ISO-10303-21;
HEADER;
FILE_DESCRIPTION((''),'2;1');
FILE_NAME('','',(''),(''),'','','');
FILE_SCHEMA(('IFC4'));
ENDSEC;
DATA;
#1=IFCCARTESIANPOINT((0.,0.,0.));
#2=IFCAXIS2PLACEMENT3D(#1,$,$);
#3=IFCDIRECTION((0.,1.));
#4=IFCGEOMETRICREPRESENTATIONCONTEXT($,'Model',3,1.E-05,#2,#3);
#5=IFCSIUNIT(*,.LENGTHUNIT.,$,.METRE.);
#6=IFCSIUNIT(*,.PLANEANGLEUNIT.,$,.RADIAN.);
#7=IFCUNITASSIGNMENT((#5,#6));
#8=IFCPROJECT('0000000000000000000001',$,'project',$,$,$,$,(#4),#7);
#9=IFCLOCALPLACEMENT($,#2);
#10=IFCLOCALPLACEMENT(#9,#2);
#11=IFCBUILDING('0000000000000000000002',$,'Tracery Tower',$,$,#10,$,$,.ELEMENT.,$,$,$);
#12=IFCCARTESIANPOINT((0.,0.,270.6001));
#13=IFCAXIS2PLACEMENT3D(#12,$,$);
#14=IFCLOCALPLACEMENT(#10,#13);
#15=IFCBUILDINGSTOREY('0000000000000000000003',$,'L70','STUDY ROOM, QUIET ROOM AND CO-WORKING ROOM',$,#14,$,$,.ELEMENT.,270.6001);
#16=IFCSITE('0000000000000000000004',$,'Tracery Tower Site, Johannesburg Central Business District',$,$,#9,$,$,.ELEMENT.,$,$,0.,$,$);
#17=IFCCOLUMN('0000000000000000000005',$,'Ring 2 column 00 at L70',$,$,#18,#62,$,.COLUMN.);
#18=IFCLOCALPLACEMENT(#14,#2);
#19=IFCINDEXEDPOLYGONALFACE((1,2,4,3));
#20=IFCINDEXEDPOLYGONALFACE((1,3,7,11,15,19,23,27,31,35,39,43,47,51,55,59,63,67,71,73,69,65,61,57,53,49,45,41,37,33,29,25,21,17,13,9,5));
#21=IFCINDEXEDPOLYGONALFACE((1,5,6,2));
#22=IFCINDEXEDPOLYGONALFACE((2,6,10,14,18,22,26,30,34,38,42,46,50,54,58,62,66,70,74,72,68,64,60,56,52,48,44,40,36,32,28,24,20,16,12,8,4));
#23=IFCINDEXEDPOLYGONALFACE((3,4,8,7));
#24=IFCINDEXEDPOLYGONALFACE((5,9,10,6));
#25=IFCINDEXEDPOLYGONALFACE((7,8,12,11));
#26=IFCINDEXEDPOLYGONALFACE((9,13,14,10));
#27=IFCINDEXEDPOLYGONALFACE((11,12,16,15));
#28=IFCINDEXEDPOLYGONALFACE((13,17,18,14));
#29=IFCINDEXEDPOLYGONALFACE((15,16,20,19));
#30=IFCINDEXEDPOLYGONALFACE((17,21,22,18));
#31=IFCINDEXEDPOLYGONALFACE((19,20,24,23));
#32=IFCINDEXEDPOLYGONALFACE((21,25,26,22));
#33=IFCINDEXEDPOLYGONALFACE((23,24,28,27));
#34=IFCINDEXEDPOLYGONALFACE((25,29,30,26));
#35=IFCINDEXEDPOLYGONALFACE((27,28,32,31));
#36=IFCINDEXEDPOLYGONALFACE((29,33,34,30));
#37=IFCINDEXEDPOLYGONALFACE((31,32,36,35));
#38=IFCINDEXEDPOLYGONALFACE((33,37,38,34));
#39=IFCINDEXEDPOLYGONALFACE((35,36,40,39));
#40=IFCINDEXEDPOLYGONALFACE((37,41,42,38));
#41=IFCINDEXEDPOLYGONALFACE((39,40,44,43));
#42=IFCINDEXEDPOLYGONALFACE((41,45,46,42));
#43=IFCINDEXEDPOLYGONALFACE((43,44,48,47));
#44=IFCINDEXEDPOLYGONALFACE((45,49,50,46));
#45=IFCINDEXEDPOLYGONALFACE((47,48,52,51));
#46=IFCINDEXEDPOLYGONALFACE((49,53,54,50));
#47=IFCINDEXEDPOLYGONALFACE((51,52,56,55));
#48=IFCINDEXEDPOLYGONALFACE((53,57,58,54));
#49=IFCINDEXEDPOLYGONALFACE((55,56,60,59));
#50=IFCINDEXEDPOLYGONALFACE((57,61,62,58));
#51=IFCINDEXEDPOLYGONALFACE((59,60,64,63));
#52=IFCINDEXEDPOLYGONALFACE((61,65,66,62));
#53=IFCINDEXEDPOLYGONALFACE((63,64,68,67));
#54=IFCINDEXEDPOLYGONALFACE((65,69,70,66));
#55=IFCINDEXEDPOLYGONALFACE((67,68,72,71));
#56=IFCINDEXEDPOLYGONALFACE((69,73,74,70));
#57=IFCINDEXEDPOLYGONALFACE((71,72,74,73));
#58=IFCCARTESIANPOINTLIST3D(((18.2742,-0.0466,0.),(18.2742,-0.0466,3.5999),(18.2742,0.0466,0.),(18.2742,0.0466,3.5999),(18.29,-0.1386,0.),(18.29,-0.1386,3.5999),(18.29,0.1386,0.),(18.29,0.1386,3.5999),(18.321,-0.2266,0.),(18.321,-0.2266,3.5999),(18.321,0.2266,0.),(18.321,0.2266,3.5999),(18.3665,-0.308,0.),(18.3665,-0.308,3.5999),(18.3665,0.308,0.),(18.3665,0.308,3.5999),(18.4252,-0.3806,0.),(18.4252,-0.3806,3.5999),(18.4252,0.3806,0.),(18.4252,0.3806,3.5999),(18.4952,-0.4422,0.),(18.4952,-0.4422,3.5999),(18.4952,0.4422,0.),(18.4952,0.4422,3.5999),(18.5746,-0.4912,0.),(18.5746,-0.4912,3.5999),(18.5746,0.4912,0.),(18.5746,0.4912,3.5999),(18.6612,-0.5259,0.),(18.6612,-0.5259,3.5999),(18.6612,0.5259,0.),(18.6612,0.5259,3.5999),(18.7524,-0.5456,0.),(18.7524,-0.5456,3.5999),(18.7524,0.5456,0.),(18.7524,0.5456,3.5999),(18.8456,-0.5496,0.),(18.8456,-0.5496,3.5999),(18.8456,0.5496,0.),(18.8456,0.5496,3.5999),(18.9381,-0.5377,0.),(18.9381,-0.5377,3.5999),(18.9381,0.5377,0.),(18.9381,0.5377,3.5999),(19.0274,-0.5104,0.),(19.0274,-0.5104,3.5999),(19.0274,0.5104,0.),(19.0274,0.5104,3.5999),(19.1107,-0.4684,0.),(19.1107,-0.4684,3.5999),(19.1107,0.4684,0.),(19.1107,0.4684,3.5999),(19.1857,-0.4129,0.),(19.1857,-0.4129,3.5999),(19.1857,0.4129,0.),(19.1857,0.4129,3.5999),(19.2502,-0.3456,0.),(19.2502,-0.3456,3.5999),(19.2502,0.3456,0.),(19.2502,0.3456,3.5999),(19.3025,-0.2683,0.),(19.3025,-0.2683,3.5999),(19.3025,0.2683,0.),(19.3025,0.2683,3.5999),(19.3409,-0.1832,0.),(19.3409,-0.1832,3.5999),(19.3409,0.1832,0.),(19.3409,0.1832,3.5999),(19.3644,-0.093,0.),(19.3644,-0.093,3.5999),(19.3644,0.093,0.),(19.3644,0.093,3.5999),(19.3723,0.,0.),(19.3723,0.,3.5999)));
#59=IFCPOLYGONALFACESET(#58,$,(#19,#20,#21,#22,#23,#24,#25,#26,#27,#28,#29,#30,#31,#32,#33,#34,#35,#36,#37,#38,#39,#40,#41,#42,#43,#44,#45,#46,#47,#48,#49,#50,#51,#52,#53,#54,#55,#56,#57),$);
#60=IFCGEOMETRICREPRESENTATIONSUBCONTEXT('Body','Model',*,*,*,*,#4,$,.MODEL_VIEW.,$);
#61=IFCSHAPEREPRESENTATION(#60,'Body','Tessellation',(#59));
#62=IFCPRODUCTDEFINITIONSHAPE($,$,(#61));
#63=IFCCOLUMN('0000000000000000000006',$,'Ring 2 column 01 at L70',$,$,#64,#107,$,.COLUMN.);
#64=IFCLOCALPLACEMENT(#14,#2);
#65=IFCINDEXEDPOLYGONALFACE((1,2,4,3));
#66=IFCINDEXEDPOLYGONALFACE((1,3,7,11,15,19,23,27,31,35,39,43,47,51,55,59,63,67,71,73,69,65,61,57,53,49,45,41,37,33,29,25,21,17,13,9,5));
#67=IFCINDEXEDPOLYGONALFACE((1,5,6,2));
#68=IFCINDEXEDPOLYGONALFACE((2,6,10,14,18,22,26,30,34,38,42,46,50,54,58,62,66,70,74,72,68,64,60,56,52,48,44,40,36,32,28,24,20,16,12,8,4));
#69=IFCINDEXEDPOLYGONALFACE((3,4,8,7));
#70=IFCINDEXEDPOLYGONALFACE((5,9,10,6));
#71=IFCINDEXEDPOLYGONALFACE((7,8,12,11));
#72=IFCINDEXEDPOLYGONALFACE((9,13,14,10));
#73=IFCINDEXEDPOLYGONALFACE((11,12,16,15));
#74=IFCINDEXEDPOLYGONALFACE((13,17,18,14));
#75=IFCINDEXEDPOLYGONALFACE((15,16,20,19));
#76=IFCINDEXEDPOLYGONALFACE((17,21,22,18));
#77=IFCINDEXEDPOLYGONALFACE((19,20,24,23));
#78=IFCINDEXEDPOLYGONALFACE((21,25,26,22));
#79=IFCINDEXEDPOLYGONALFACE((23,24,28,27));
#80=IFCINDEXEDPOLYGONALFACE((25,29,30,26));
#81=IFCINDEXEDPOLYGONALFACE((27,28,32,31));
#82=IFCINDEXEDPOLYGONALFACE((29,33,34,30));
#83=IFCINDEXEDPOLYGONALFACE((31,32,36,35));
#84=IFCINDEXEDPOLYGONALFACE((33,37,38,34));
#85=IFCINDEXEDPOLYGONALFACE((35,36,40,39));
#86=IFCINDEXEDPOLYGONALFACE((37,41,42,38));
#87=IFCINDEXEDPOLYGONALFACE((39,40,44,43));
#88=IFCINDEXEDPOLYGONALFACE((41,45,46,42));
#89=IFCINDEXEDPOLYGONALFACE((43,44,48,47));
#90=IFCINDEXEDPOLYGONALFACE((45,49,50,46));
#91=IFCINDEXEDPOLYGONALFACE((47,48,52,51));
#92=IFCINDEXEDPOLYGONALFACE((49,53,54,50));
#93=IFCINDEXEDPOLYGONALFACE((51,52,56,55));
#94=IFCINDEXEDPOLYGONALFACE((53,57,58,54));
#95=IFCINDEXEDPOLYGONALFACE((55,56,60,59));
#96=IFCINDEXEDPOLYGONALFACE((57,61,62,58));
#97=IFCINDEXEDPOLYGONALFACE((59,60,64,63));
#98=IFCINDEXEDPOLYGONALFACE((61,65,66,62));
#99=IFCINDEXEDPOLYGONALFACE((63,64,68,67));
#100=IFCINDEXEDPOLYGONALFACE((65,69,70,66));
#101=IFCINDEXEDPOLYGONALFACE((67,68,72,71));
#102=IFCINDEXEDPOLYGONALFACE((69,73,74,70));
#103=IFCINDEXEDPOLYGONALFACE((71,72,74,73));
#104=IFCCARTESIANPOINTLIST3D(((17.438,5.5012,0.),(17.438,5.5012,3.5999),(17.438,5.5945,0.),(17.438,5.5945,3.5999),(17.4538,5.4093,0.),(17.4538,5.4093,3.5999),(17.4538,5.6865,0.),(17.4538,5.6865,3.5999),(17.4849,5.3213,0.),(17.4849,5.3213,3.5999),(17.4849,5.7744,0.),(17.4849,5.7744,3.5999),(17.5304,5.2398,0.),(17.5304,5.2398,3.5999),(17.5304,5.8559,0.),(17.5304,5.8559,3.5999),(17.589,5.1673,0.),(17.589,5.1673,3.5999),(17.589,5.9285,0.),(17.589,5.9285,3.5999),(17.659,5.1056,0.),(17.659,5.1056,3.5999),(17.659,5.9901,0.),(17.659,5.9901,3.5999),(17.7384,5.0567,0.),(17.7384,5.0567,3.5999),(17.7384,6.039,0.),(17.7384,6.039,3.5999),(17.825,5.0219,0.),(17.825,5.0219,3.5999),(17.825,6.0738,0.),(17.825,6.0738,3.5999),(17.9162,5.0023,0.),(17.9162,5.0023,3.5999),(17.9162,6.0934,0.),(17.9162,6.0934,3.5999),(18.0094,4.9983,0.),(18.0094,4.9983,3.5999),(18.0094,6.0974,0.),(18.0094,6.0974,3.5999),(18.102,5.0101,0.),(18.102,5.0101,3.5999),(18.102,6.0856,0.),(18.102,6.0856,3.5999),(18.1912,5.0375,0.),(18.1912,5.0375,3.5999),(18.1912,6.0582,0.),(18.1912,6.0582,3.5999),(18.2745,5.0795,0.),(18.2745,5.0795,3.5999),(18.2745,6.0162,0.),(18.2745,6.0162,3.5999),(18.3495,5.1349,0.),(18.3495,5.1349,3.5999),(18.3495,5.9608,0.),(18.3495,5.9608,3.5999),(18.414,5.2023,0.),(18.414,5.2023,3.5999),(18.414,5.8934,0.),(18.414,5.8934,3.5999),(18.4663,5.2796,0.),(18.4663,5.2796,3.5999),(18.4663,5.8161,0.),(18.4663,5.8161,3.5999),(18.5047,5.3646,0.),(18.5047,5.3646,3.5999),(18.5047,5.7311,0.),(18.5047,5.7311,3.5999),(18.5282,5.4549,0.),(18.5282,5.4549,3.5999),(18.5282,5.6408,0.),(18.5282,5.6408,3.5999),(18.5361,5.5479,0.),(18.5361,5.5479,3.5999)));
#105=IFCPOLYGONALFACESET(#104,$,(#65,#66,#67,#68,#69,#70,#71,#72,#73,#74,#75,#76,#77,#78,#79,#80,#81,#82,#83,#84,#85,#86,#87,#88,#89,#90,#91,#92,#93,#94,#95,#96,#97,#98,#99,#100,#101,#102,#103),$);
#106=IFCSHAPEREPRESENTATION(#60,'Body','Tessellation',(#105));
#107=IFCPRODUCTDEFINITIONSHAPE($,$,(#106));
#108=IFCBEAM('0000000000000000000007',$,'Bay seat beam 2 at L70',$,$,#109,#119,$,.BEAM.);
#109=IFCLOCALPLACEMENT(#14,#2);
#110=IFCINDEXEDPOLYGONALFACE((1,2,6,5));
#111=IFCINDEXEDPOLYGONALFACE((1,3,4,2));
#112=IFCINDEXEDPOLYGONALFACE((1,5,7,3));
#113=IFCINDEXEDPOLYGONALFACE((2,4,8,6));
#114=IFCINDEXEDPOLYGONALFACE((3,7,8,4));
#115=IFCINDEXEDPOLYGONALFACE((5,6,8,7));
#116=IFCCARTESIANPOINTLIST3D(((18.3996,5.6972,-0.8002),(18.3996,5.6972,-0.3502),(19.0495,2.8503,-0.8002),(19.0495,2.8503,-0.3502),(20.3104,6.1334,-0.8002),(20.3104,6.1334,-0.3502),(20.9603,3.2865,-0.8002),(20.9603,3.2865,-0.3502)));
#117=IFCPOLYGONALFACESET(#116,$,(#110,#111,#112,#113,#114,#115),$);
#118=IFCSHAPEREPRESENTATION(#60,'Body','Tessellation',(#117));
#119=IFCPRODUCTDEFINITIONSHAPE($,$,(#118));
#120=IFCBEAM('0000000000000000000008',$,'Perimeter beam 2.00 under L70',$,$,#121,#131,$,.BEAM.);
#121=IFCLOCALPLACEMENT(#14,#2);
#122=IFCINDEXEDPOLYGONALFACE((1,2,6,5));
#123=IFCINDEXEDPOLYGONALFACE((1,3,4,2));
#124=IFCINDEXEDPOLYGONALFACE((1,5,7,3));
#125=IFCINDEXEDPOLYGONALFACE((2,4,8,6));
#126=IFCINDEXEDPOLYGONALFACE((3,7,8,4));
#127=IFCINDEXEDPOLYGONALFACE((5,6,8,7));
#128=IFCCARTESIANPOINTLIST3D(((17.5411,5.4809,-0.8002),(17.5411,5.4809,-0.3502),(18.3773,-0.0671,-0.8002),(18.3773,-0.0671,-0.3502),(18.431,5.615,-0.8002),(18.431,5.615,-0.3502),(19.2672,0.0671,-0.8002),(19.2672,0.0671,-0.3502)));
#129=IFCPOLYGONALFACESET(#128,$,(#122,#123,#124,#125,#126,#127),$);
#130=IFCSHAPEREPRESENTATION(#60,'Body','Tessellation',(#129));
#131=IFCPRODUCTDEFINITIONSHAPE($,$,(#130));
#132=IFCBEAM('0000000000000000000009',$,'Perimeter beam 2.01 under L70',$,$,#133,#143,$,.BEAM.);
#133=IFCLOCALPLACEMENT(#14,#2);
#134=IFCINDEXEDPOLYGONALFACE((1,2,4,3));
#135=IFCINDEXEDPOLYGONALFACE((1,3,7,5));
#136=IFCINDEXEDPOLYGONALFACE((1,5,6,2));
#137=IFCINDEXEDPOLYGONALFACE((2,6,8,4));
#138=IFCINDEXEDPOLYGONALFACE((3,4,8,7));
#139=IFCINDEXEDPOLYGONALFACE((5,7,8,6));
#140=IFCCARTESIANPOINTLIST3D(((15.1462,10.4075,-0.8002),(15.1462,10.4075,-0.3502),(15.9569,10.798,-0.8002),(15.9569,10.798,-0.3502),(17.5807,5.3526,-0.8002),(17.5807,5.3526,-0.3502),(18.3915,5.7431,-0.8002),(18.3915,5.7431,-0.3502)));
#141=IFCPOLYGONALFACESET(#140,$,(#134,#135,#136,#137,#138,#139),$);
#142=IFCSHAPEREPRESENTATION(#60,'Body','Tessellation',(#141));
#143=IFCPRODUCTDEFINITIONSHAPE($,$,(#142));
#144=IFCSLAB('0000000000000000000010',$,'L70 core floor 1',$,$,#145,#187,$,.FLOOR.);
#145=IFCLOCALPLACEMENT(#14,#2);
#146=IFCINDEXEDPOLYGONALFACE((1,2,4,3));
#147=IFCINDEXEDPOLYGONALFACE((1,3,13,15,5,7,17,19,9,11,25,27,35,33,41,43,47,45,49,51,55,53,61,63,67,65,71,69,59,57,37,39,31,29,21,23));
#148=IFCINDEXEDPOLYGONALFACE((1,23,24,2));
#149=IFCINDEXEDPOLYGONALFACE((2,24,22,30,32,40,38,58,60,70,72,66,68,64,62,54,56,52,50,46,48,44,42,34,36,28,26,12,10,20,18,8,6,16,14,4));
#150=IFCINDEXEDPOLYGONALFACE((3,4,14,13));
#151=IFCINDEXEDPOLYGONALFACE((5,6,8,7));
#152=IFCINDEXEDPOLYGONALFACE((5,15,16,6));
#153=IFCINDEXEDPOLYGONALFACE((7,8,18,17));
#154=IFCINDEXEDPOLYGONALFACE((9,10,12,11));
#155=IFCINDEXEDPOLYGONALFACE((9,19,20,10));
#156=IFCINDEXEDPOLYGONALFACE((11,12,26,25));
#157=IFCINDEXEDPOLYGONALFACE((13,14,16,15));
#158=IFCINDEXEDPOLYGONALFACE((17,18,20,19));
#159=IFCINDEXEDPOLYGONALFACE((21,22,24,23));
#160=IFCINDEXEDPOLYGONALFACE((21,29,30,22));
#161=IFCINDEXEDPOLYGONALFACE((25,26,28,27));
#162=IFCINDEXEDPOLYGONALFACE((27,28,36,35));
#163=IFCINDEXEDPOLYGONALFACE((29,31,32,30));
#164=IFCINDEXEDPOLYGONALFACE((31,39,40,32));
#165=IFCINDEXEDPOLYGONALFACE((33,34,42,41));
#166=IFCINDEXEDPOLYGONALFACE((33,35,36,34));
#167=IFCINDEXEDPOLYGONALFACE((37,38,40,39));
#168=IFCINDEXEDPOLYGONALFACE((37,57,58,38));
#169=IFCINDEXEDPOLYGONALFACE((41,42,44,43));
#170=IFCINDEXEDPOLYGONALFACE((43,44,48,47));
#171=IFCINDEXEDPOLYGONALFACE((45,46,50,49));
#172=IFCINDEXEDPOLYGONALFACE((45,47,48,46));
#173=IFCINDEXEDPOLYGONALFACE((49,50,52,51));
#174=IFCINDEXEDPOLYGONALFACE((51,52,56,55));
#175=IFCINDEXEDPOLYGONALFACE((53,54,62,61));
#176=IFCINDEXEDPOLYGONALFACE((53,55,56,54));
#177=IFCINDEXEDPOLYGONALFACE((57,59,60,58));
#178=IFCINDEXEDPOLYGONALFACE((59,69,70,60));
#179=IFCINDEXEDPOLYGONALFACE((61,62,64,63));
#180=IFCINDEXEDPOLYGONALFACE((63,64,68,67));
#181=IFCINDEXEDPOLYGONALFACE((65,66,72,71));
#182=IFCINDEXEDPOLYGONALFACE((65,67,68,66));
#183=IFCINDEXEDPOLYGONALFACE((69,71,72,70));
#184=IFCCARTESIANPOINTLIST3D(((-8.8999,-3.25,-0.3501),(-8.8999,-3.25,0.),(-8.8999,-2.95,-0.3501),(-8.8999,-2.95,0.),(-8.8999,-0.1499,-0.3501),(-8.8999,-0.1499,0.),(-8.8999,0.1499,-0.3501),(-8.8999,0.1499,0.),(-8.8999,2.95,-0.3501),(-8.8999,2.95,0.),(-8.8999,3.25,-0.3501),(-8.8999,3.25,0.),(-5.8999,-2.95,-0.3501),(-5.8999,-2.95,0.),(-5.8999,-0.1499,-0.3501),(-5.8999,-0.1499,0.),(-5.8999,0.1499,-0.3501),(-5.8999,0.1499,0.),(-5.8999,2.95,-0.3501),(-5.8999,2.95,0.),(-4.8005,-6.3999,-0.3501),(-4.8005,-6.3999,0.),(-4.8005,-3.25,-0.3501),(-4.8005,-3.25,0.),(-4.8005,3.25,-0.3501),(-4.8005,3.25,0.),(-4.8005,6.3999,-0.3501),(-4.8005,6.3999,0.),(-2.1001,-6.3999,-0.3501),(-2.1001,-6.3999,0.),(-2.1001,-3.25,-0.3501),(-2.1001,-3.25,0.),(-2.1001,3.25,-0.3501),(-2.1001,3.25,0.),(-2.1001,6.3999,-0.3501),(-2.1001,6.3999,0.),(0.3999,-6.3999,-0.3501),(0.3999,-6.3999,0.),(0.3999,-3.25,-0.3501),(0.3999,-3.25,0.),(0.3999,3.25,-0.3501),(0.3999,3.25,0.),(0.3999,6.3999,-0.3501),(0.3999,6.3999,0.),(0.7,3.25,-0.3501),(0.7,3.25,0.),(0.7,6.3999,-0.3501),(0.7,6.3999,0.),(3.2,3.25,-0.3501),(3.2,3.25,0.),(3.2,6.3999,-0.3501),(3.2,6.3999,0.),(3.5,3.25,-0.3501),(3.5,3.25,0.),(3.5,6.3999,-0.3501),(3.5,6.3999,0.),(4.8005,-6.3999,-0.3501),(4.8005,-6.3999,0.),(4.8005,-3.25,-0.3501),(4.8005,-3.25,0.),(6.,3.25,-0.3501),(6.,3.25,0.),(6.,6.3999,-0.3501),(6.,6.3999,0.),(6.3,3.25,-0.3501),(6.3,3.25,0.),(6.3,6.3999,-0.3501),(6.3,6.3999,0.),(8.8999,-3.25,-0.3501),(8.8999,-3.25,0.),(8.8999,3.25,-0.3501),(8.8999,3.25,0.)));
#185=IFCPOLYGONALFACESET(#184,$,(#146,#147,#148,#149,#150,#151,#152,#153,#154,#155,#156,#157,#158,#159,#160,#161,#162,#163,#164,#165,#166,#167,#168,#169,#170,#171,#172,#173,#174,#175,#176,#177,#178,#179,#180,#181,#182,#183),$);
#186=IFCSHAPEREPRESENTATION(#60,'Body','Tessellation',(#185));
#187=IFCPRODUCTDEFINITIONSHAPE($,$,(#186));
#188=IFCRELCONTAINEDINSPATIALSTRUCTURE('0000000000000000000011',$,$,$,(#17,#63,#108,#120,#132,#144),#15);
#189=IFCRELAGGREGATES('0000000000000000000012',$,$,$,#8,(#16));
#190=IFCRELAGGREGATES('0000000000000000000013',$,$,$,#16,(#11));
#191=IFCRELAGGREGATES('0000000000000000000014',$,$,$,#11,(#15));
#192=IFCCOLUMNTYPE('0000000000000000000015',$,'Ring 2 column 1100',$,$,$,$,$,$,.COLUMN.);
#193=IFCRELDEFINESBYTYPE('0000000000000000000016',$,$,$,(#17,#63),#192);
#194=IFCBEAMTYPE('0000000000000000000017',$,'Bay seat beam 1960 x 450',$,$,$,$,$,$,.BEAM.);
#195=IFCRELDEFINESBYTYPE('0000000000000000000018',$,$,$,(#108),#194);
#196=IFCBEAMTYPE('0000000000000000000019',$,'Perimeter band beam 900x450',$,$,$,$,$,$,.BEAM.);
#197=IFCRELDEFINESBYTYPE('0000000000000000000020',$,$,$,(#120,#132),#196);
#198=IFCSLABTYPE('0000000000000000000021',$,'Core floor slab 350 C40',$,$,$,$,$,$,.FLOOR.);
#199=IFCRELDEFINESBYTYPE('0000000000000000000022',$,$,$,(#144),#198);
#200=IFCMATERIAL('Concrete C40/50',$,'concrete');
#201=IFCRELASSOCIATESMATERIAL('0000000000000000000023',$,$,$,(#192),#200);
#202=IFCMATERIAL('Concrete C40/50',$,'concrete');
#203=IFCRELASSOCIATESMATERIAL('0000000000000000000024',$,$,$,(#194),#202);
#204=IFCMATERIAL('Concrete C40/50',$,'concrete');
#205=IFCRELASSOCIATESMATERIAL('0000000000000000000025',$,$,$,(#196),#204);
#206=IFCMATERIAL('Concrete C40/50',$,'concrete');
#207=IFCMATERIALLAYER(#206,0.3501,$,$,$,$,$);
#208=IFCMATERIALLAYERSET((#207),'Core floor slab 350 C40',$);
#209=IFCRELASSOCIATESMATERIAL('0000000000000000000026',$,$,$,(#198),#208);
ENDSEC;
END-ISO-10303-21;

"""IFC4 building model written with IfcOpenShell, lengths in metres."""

from ifc_helpers import new_model, si_unit, direction, frame, origin, origin_2d, place, context, subcontext, project, spatial, polyline, rectangle, circle, outline, extrude, material, layer, layer_set, material_profile, profile_set, type_object, element, save


model = new_model("IFC4")

# Units and contexts
model_context = context("Model", 3, precision=1e-05, world=origin(), true_north=direction((0.0, 1.0)))
body_context = subcontext(model_context, "Body", "Model", "MODEL_VIEW")
ifc_project = project(units=[si_unit("LENGTHUNIT", "METRE"), si_unit("PLANEANGLEUNIT", "RADIAN")], contexts=[model_context])

# Site, building, storey
site_placement = place(None, origin())
site = spatial("IfcSite", under=ifc_project, at=site_placement, Name="Tracery Tower Site, Johannesburg Central Business District", CompositionType="ELEMENT", RefElevation=0.0)
building_placement = place(site_placement, origin())
building = spatial("IfcBuilding", under=site, at=building_placement, Name="Tracery Tower", CompositionType="ELEMENT")
storey_placement = place(building_placement, frame((0.0, 0.0, 270.6001)))
storey = spatial("IfcBuildingStorey", under=building, at=storey_placement, Name="L70", Description="STUDY ROOM, QUIET ROOM AND CO-WORKING ROOM", CompositionType="ELEMENT", Elevation=270.6001)

# Columns
ifc_material_1 = material(Name="Concrete C40/50", Category="concrete")
ifc_material_profile_1 = material_profile(ifc_material_1, circle(Radius=0.55, at=origin_2d()), Name="RC D1100")
ifc_profile_set_1 = profile_set([ifc_material_profile_1], Name="Concrete C40/50")
column_type = type_object("IfcColumnType", Name="Ring 2 column 1100", PredefinedType="COLUMN", material=ifc_profile_set_1)
for number, where, z_axis, x_axis, name in (
    (1, (18.8223, 0.0, 0.0), (0.0, 0.0, 1.0), (1.0, 0.0, 0.0), "Ring 2 column 00 at L70"),
    (2, (17.9861, 5.5479, 0.0), (0.0, 0.0, 1.0), (1.0, 0.0, 0.0), "Ring 2 column 01 at L70"),
):
    element("IfcColumn", number, at=place(storey_placement, frame(where, z_axis=z_axis, x_axis=x_axis)), inside=storey, type_object=column_type, Name=name, PredefinedType="COLUMN", context=body_context, shape_type="SweptSolid", body=[
        extrude(circle(Radius=0.55, at=origin_2d()), origin(), (0.0, 0.0, 1.0), 3.5999),
    ])

# Beams
ifc_material_2 = material(Name="Concrete C40/50", Category="concrete")
ifc_material_profile_2 = material_profile(ifc_material_2, rectangle(XDim=1.96, YDim=0.45, at=origin_2d()), Name="RC 1960x450")
ifc_profile_set_2 = profile_set([ifc_material_profile_2], Name="Concrete C40/50")
beam_type_1 = type_object("IfcBeamType", Name="Bay seat beam 1960 x 450", PredefinedType="BEAM", material=ifc_profile_set_2)
beam_placement = place(storey_placement, frame((20.0049, 3.0684, -0.5752), z_axis=(-0.222557, 0.97492, 0.0), x_axis=(-0.97492, -0.222557, 0.0)))
element("IfcBeam", 3, at=beam_placement, inside=storey, type_object=beam_type_1, Name="Bay seat beam 2 at L70", PredefinedType="BEAM", context=body_context, shape_type="SweptSolid", body=[
    extrude(rectangle(XDim=1.96, YDim=0.45, at=origin_2d()), origin(), (0.0, 0.0, 1.0), 2.9202),
])
ifc_material_3 = material(Name="Concrete C40/50", Category="concrete")
ifc_material_profile_3 = material_profile(ifc_material_3, rectangle(XDim=0.8999, YDim=0.45, at=origin_2d()), Name="RC 900x450")
ifc_profile_set_3 = profile_set([ifc_material_profile_3], Name="Concrete C40/50")
beam_type_2 = type_object("IfcBeamType", Name="Perimeter band beam 900x450", PredefinedType="BEAM", material=ifc_profile_set_3)
for number, where, z_axis, x_axis, name in (
    (4, (18.8223, 0.0, -0.5752), (-0.149038, 0.988831, 0.0), (-0.988831, -0.149038, 0.0), "Perimeter beam 2.00 under L70"),
    (5, (17.9861, 5.5479, -0.5752), (-0.433919, 0.900952, 0.0), (-0.900952, -0.433919, 0.0), "Perimeter beam 2.01 under L70"),
):
    element("IfcBeam", number, at=place(storey_placement, frame(where, z_axis=z_axis, x_axis=x_axis)), inside=storey, type_object=beam_type_2, Name=name, PredefinedType="BEAM", context=body_context, shape_type="SweptSolid", body=[
        extrude(rectangle(XDim=0.8999, YDim=0.45, at=origin_2d()), origin(), (0.0, 0.0, 1.0), 5.6106),
    ])

# Slab
ifc_material_4 = material(Name="Concrete C40/50", Category="concrete")
ifc_layer_1 = layer(ifc_material_4, 0.3501)
ifc_layer_set_1 = layer_set([ifc_layer_1], Name="Core floor slab 350 C40")
slab_type_1 = type_object("IfcSlabType", Name="Core floor slab 350 C40", PredefinedType="FLOOR", material=ifc_layer_set_1)
slab_1_placement = place(storey_placement, frame((0.0, 0.0, -0.3501)))
element("IfcSlab", 6, at=slab_1_placement, inside=storey, type_object=slab_type_1, Name="L70 core floor 1", PredefinedType="FLOOR", context=body_context, shape_type="SweptSolid", body=[
    extrude(outline(polyline([(-4.8005, -3.25), (-8.8999, -3.25), (-8.8999, -2.95), (-5.8999, -2.95), (-5.8999, -0.1499), (-8.8999, -0.1499), (-8.8999, 0.1499), (-5.8999, 0.1499), (-5.8999, 2.95), (-8.8999, 2.95), (-8.8999, 3.25), (-4.8005, 3.25), (-4.8005, 6.3999), (-2.1001, 6.3999), (-2.1001, 3.25), (0.3999, 3.25), (0.3999, 6.3999), (0.7, 6.3999), (0.7, 3.25), (3.2, 3.25), (3.2, 6.3999), (3.5, 6.3999), (3.5, 3.25), (6.0, 3.25), (6.0, 6.3999), (6.3, 6.3999), (6.3, 3.25), (8.8999, 3.25), (8.8999, -3.25), (4.8005, -3.25), (4.8005, -6.3999), (0.3999, -6.3999), (0.3999, -3.25), (-2.1001, -3.25), (-2.1001, -6.3999), (-4.8005, -6.3999), (-4.8005, -3.25)])), origin(), (0.0, 0.0, 1.0), 0.3501),
])

save(model, "model.ifc")
